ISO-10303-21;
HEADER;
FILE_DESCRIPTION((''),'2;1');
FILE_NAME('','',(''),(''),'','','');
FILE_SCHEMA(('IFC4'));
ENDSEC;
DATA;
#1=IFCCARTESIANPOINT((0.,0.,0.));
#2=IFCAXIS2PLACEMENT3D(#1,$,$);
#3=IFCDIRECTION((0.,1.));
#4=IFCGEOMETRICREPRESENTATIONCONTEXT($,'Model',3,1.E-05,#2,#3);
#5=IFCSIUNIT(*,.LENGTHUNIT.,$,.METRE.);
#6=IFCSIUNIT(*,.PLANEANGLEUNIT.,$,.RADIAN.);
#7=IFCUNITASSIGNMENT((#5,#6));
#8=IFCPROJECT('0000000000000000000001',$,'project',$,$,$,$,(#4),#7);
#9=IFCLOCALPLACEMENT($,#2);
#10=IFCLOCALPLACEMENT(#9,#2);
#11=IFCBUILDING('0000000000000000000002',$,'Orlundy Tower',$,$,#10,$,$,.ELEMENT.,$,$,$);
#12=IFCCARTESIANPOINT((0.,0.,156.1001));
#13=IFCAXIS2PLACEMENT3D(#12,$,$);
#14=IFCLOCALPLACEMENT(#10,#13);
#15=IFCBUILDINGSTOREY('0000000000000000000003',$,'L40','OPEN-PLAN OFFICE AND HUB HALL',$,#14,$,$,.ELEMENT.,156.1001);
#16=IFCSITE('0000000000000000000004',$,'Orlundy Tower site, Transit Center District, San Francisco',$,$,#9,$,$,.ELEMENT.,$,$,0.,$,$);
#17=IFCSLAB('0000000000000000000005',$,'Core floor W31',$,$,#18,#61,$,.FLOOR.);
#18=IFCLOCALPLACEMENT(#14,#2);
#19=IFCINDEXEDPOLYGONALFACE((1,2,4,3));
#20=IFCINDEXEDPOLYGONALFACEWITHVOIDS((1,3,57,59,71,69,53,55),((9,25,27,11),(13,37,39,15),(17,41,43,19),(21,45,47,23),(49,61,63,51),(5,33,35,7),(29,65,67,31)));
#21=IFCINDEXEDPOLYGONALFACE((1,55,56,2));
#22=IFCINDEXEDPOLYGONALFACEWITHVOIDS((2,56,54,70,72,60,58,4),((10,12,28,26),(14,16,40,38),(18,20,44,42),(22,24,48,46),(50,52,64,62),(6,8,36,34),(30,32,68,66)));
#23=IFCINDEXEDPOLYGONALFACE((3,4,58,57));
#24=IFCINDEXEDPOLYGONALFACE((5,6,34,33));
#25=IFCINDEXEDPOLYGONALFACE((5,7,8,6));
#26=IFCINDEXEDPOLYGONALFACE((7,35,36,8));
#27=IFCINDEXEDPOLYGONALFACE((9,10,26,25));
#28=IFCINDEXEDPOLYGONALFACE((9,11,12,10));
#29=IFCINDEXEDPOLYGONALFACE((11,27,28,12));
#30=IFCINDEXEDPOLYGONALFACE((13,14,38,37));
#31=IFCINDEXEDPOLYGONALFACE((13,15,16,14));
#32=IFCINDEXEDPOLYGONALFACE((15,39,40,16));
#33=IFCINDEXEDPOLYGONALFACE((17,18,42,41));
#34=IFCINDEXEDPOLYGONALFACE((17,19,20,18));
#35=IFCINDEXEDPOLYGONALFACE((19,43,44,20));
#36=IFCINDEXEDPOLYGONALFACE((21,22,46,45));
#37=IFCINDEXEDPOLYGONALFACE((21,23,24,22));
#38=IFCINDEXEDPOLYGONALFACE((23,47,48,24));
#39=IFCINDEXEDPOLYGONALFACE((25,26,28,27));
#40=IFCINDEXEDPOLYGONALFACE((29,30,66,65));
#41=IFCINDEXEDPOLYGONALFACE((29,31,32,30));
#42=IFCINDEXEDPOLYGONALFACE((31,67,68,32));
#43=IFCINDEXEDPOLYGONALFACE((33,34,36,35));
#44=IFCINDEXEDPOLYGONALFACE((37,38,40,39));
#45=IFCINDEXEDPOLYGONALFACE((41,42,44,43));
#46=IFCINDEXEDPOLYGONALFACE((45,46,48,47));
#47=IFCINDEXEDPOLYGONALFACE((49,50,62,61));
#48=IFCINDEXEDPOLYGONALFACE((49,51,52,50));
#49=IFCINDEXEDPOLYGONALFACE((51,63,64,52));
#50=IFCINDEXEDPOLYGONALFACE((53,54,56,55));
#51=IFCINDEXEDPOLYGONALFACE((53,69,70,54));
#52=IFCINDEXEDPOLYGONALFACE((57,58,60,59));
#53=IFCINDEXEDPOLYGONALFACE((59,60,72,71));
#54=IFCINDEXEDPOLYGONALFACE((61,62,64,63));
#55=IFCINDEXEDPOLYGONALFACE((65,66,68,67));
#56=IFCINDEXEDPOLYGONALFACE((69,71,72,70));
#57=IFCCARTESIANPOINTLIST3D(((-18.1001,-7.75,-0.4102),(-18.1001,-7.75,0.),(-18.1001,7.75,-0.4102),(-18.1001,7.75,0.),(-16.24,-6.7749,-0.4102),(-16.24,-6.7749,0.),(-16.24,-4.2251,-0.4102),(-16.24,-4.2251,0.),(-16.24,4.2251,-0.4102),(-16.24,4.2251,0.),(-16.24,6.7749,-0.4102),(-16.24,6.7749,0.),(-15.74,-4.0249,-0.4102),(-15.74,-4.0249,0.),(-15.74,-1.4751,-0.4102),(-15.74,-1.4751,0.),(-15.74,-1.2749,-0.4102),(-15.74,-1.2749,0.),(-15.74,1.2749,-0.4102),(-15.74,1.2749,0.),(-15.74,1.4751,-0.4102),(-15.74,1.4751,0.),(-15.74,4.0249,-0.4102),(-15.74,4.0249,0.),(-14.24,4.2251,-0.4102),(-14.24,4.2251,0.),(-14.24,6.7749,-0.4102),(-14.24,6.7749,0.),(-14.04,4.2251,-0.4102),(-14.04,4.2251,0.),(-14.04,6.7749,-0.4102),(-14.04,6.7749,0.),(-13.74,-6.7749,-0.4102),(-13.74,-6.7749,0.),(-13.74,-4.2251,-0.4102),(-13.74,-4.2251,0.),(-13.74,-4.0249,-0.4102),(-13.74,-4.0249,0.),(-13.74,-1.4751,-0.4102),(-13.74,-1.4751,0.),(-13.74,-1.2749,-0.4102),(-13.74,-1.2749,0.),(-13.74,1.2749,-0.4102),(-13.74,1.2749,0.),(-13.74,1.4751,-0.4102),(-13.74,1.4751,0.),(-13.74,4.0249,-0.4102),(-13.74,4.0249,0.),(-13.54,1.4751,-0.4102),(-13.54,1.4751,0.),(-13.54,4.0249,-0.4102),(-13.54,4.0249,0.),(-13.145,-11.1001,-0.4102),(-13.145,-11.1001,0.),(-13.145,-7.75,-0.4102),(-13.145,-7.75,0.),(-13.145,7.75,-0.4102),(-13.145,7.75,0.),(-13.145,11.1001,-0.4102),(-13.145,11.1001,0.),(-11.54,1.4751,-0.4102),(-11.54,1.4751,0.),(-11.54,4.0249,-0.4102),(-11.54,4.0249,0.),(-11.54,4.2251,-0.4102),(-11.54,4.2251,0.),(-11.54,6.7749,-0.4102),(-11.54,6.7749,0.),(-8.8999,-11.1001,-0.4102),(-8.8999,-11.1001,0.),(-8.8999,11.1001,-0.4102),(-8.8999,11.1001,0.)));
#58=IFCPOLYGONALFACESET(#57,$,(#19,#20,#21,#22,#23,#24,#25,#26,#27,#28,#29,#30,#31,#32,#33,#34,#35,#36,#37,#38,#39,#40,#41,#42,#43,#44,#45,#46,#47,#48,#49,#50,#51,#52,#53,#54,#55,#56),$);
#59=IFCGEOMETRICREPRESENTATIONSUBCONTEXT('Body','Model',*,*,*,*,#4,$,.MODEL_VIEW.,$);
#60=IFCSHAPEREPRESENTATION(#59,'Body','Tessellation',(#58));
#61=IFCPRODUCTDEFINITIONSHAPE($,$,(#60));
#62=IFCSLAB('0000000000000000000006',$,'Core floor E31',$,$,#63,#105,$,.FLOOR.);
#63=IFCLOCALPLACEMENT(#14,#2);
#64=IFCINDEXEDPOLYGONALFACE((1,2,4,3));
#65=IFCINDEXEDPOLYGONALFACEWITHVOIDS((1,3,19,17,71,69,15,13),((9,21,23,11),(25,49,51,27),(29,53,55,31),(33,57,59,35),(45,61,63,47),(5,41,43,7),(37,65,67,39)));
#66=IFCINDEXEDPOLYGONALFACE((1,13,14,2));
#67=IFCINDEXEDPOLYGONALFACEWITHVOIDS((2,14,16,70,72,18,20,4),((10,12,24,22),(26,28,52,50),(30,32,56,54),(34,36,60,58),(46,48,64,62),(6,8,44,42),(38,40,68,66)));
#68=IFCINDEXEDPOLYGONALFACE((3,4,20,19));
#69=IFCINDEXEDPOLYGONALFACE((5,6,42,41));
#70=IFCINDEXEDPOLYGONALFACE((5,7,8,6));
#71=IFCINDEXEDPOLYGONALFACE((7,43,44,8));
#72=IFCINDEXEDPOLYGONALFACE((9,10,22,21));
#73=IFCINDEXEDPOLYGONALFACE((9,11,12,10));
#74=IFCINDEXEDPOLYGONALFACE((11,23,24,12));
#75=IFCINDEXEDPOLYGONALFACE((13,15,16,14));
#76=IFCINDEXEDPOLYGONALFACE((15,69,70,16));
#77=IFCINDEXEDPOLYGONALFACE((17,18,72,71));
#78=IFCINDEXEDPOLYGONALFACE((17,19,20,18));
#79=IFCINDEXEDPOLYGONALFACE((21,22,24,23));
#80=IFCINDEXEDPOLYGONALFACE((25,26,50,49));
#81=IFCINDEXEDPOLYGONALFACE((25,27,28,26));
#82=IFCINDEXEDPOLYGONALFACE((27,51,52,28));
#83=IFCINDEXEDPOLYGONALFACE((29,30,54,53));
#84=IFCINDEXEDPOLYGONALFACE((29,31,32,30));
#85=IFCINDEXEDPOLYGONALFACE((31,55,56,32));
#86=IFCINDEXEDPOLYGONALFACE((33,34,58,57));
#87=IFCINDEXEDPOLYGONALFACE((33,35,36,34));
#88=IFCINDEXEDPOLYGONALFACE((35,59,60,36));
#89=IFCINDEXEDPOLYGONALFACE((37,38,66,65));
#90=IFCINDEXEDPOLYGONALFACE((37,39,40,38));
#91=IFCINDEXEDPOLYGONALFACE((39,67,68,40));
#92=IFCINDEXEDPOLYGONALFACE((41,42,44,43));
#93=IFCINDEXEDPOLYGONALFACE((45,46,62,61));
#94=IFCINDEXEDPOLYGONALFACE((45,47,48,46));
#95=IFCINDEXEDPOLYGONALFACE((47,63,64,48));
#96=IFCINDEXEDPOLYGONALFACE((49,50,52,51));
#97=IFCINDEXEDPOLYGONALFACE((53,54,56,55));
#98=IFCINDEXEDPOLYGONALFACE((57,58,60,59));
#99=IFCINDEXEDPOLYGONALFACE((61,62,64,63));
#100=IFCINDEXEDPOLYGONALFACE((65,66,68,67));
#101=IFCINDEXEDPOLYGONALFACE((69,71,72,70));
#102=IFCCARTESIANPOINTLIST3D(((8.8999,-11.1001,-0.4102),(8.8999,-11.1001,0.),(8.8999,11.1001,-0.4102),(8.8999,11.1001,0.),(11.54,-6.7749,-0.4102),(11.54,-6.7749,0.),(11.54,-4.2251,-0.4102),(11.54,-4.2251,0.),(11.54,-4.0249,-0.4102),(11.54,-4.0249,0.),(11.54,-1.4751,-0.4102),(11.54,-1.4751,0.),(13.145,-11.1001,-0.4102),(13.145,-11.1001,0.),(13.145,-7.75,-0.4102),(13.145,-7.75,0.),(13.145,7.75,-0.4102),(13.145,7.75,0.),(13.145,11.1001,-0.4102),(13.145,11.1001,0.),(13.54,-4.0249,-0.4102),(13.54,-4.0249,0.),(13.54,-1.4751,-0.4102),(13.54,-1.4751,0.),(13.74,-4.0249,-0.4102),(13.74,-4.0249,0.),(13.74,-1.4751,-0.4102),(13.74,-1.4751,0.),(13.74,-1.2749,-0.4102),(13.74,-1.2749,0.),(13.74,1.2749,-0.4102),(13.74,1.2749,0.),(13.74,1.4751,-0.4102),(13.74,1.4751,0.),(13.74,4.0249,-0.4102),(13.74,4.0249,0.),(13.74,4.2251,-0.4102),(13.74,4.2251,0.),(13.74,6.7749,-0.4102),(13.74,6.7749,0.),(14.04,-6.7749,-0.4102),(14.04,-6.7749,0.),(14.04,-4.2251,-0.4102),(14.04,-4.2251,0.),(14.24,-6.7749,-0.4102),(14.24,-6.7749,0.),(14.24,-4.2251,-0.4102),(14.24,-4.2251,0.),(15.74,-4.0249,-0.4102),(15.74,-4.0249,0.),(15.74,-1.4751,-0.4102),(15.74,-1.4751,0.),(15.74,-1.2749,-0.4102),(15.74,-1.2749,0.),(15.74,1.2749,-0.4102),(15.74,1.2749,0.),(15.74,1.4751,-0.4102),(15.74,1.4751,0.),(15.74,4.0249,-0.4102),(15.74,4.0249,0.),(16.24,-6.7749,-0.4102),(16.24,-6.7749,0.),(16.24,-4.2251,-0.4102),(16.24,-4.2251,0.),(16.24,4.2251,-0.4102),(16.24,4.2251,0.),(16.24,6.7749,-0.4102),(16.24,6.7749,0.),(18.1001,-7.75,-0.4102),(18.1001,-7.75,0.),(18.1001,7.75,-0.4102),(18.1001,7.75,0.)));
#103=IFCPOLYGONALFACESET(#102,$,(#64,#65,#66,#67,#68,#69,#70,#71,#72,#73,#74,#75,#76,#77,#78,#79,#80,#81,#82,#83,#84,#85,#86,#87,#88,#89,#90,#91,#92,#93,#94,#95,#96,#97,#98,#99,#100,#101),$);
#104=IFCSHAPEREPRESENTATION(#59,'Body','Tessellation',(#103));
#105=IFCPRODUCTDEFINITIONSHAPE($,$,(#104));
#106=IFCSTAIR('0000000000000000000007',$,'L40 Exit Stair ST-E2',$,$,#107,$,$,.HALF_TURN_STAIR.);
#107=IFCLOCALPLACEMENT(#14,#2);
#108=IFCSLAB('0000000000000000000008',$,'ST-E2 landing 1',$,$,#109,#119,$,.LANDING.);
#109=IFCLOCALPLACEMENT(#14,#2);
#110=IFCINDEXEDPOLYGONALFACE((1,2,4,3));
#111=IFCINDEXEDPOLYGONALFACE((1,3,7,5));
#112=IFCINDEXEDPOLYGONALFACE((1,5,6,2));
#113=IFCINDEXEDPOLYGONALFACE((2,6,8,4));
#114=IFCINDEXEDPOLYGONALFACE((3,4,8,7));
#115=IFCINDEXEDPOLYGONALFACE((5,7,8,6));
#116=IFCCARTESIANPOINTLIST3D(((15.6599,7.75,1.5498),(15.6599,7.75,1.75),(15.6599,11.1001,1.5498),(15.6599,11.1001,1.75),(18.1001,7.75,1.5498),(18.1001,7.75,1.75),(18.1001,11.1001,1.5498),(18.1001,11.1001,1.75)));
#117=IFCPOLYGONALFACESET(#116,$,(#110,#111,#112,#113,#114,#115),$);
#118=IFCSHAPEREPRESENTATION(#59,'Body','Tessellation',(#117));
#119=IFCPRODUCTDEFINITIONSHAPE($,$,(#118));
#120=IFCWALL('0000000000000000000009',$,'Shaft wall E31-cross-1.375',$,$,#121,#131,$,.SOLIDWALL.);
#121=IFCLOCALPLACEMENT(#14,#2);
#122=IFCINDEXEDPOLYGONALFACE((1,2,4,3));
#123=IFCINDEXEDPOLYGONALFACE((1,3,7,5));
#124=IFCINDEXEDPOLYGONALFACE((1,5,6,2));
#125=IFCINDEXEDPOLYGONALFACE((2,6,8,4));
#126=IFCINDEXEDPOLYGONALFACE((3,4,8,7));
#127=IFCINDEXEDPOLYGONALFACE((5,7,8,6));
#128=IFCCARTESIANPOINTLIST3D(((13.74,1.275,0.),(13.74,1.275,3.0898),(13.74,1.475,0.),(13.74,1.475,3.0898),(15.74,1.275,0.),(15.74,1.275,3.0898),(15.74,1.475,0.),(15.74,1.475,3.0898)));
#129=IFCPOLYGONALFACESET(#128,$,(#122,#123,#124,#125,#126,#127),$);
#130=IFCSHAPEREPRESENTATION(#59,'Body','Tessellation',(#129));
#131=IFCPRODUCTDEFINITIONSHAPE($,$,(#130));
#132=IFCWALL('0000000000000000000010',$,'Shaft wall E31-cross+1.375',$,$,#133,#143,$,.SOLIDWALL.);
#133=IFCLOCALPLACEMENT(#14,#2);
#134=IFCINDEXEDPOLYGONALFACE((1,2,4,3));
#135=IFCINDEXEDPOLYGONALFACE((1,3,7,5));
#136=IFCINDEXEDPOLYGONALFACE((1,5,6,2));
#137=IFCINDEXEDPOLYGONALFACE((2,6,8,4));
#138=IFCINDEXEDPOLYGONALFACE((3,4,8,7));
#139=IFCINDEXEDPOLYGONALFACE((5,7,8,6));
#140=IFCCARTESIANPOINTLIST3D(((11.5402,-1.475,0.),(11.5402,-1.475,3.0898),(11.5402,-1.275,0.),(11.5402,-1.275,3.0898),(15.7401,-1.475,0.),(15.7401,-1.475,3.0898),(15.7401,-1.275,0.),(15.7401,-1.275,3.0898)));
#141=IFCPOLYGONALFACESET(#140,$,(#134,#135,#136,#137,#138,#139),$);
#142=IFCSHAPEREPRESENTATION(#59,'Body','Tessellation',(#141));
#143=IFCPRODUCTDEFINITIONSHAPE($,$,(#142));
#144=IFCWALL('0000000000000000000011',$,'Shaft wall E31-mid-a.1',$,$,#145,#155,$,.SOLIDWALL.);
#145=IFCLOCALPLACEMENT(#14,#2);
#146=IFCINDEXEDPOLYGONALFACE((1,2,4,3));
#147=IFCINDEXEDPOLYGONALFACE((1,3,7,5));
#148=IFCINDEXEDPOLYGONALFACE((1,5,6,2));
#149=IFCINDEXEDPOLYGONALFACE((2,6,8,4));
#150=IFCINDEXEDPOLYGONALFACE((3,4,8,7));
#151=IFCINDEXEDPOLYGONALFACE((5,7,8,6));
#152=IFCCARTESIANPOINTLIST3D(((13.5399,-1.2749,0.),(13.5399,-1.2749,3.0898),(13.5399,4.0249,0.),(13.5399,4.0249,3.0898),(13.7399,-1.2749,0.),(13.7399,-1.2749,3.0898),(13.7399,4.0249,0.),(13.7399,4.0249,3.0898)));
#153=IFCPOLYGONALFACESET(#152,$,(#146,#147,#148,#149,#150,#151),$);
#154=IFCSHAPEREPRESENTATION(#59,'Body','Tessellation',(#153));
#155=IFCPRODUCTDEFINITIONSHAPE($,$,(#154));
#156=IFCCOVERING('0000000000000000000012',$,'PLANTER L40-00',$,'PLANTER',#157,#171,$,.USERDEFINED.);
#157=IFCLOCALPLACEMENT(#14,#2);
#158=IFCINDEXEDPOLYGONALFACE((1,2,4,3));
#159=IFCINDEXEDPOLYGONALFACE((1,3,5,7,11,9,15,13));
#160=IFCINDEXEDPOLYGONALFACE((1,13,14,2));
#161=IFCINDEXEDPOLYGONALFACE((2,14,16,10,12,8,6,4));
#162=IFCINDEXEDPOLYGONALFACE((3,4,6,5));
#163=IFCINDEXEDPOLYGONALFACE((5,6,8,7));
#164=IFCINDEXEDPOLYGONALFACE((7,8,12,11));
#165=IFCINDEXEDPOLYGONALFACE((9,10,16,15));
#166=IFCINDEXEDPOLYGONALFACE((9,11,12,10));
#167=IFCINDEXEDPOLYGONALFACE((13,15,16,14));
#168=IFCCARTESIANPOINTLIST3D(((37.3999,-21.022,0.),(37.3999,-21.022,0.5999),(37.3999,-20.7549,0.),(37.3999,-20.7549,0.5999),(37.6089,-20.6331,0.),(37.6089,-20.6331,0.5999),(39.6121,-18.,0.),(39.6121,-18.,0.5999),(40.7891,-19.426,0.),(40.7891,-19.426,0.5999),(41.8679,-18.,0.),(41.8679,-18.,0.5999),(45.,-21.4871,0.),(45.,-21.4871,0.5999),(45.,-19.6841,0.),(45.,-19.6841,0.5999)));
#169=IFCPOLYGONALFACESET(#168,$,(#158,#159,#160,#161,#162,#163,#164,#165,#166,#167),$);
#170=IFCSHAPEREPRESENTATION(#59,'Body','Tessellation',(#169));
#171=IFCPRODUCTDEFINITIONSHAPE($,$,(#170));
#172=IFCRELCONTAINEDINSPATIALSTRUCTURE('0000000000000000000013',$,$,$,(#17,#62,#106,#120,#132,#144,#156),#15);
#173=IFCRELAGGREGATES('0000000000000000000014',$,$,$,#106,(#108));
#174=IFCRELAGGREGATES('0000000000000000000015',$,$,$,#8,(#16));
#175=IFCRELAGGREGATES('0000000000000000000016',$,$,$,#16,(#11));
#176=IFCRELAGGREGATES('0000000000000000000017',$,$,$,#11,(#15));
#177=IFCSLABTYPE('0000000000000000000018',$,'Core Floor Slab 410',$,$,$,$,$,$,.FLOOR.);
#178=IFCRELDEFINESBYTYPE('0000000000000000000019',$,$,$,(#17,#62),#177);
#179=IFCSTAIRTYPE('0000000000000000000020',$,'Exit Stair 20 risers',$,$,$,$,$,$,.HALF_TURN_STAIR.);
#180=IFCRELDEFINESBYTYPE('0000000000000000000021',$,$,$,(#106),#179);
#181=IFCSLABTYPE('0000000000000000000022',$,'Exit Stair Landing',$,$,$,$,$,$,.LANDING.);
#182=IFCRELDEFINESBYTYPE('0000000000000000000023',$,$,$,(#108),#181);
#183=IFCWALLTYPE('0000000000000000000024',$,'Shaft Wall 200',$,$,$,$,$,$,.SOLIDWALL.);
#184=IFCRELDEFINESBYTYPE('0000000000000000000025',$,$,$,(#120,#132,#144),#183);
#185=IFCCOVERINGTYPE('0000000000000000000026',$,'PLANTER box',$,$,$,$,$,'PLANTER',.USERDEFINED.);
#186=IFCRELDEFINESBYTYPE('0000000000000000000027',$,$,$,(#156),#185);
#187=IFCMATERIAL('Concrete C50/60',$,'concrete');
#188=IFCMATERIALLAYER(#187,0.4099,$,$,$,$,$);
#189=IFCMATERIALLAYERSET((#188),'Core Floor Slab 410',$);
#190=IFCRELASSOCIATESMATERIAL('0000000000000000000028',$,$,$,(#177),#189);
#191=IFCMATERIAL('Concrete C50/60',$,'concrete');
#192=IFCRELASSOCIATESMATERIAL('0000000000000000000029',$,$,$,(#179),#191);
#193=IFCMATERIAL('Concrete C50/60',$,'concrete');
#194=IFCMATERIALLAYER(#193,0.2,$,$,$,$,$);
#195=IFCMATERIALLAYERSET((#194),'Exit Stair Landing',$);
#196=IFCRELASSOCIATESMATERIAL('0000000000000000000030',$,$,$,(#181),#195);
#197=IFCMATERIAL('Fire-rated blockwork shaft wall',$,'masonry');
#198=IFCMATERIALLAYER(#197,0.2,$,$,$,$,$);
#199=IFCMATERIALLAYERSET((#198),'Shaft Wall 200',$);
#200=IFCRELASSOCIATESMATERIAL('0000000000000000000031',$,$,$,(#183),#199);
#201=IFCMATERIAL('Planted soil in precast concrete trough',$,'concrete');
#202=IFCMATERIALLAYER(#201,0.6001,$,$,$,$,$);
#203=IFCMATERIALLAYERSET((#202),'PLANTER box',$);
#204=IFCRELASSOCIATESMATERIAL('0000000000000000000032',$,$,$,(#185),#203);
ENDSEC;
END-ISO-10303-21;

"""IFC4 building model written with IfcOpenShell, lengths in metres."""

from ifc_helpers import new_model, si_unit, direction, frame, frame_2d, origin, place, context, subcontext, project, spatial, polyline, rectangle, outline, extrude, material, layer, layer_set, type_object, element, aggregate, save


model = new_model("IFC4")

# Units and contexts
model_context = context("Model", 3, precision=1e-05, world=origin(), true_north=direction((0.0, 1.0)))
body_context = subcontext(model_context, "Body", "Model", "MODEL_VIEW")
ifc_project = project(units=[si_unit("LENGTHUNIT", "METRE"), si_unit("PLANEANGLEUNIT", "RADIAN")], contexts=[model_context])

# Site, building, storey
site_placement = place(None, origin())
site = spatial("IfcSite", under=ifc_project, at=site_placement, Name="Orlundy Tower site, Transit Center District, San Francisco", CompositionType="ELEMENT", RefElevation=0.0)
building_placement = place(site_placement, origin())
building = spatial("IfcBuilding", under=site, at=building_placement, Name="Orlundy Tower", CompositionType="ELEMENT")
storey_placement = place(building_placement, frame((0.0, 0.0, 156.1001)))
storey = spatial("IfcBuildingStorey", under=building, at=storey_placement, Name="L40", Description="OPEN-PLAN OFFICE AND HUB HALL", CompositionType="ELEMENT", Elevation=156.1001)

# Slabs
ifc_material_1 = material(Name="Concrete C50/60", Category="concrete")
ifc_layer_1 = layer(ifc_material_1, 0.4099)
ifc_layer_set_1 = layer_set([ifc_layer_1], Name="Core Floor Slab 410")
slab_type_1 = type_object("IfcSlabType", Name="Core Floor Slab 410", PredefinedType="FLOOR", material=ifc_layer_set_1)
slab_1_placement = place(storey_placement, frame((0.0, 0.0, -0.4102)))
element("IfcSlab", 1, at=slab_1_placement, inside=storey, type_object=slab_type_1, Name="Core floor W31", PredefinedType="FLOOR", context=body_context, shape_type="SweptSolid", body=[
    extrude(outline(polyline([(-13.145, -11.1001), (-13.145, -7.75), (-18.1001, -7.75), (-18.1001, 7.75), (-13.145, 7.75), (-13.145, 11.1001), (-8.8999, 11.1001), (-8.8999, -11.1001), (-13.145, -11.1001)]), holes=[polyline([(-13.74, -4.2251), (-16.24, -4.2251), (-16.24, -6.7749), (-13.74, -6.7749), (-13.74, -4.2251)]), polyline([(-13.74, -4.0249), (-13.74, -1.4751), (-15.74, -1.4751), (-15.74, -4.0249), (-13.74, -4.0249)]), polyline([(-15.74, -1.2749), (-13.74, -1.2749), (-13.74, 1.2749), (-15.74, 1.2749), (-15.74, -1.2749)]), polyline([(-13.54, 4.0249), (-13.54, 1.4751), (-11.54, 1.4751), (-11.54, 4.0249), (-13.54, 4.0249)]), polyline([(-13.74, 4.0249), (-15.74, 4.0249), (-15.74, 1.4751), (-13.74, 1.4751), (-13.74, 4.0249)]), polyline([(-11.54, 4.2251), (-11.54, 6.7749), (-14.04, 6.7749), (-14.04, 4.2251), (-11.54, 4.2251)]), polyline([(-16.24, 4.2251), (-14.24, 4.2251), (-14.24, 6.7749), (-16.24, 6.7749), (-16.24, 4.2251)])]), origin(), (0.0, 0.0, 1.0), 0.4102),
])
slab_2_placement = place(storey_placement, frame((0.0, 0.0, -0.4102)))
element("IfcSlab", 2, at=slab_2_placement, inside=storey, type_object=slab_type_1, Name="Core floor E31", PredefinedType="FLOOR", context=body_context, shape_type="SweptSolid", body=[
    extrude(outline(polyline([(13.145, 11.1001), (13.145, 7.75), (18.1001, 7.75), (18.1001, -7.75), (13.145, -7.75), (13.145, -11.1001), (8.8999, -11.1001), (8.8999, 11.1001), (13.145, 11.1001)]), holes=[polyline([(13.74, 4.2251), (16.24, 4.2251), (16.24, 6.7749), (13.74, 6.7749), (13.74, 4.2251)]), polyline([(13.74, 4.0249), (13.74, 1.4751), (15.74, 1.4751), (15.74, 4.0249), (13.74, 4.0249)]), polyline([(15.74, 1.2749), (13.74, 1.2749), (13.74, -1.2749), (15.74, -1.2749), (15.74, 1.2749)]), polyline([(13.54, -4.0249), (13.54, -1.4751), (11.54, -1.4751), (11.54, -4.0249), (13.54, -4.0249)]), polyline([(13.74, -4.0249), (15.74, -4.0249), (15.74, -1.4751), (13.74, -1.4751), (13.74, -4.0249)]), polyline([(11.54, -4.2251), (11.54, -6.7749), (14.04, -6.7749), (14.04, -4.2251), (11.54, -4.2251)]), polyline([(16.24, -4.2251), (14.24, -4.2251), (14.24, -6.7749), (16.24, -6.7749), (16.24, -4.2251)])]), origin(), (0.0, 0.0, 1.0), 0.4102),
])

# Stair, slab
ifc_material_2 = material(Name="Concrete C50/60", Category="concrete")
stair_type = type_object("IfcStairType", Name="Exit Stair 20 risers", PredefinedType="HALF_TURN_STAIR", material=ifc_material_2)
stair_placement = place(storey_placement, origin())
stair = element("IfcStair", 3, at=stair_placement, inside=storey, type_object=stair_type, Name="L40 Exit Stair ST-E2", PredefinedType="HALF_TURN_STAIR")
ifc_material_3 = material(Name="Concrete C50/60", Category="concrete")
ifc_layer_2 = layer(ifc_material_3, 0.2)
ifc_layer_set_2 = layer_set([ifc_layer_2], Name="Exit Stair Landing")
slab_type_2 = type_object("IfcSlabType", Name="Exit Stair Landing", PredefinedType="LANDING", material=ifc_layer_set_2)
slab_3_placement = place(storey_placement, frame((0.0, 0.0, 1.5498)))
slab_3 = element("IfcSlab", 4, at=slab_3_placement, type_object=slab_type_2, Name="ST-E2 landing 1", PredefinedType="LANDING", context=body_context, shape_type="SweptSolid", body=[
    extrude(outline(polyline([(15.6599, 7.75), (18.1001, 7.75), (18.1001, 11.1001), (15.6599, 11.1001), (15.6599, 7.75)])), origin(), (0.0, 0.0, 1.0), 0.2002),
])
aggregate(stair, [slab_3])

# Walls
ifc_material_4 = material(Name="Fire-rated blockwork shaft wall", Category="masonry")
ifc_layer_3 = layer(ifc_material_4, 0.2)
ifc_layer_set_3 = layer_set([ifc_layer_3], Name="Shaft Wall 200")
wall_type = type_object("IfcWallType", Name="Shaft Wall 200", PredefinedType="SOLIDWALL", material=ifc_layer_set_3)
wall_1_placement = place(storey_placement, frame((13.74, 1.375, 0.0), z_axis=(0.0, 0.0, 1.0), x_axis=(1.0, 0.0, 0.0)))
element("IfcWall", 5, at=wall_1_placement, inside=storey, type_object=wall_type, Name="Shaft wall E31-cross-1.375", PredefinedType="SOLIDWALL", context=body_context, shape_type="SweptSolid", body=[
    extrude(rectangle(XDim=2.0, YDim=0.2, at=frame_2d((1.0, 0.0))), origin(), (0.0, 0.0, 1.0), 3.0898),
])
wall_2_placement = place(storey_placement, frame((11.54, -1.375, 0.0), z_axis=(0.0, 0.0, 1.0), x_axis=(1.0, 0.0, 0.0)))
element("IfcWall", 6, at=wall_2_placement, inside=storey, type_object=wall_type, Name="Shaft wall E31-cross+1.375", PredefinedType="SOLIDWALL", context=body_context, shape_type="SweptSolid", body=[
    extrude(rectangle(XDim=4.2, YDim=0.2, at=frame_2d((2.1001, 0.0))), origin(), (0.0, 0.0, 1.0), 3.0898),
])
wall_3_placement = place(storey_placement, frame((13.6399, 4.0249, 0.0), z_axis=(0.0, 0.0, 1.0), x_axis=(0.0, -1.0, 0.0)))
element("IfcWall", 7, at=wall_3_placement, inside=storey, type_object=wall_type, Name="Shaft wall E31-mid-a.1", PredefinedType="SOLIDWALL", context=body_context, shape_type="SweptSolid", body=[
    extrude(rectangle(XDim=5.2998, YDim=0.2, at=frame_2d((2.6499, 0.0))), origin(), (0.0, 0.0, 1.0), 3.0898),
])

# Covering
ifc_material_5 = material(Name="Planted soil in precast concrete trough", Category="concrete")
ifc_layer_4 = layer(ifc_material_5, 0.6001)
ifc_layer_set_4 = layer_set([ifc_layer_4], Name="PLANTER box")
covering_type = type_object("IfcCoveringType", Name="PLANTER box", ElementType="PLANTER", PredefinedType="USERDEFINED", material=ifc_layer_set_4)
covering_1_placement = place(storey_placement, origin())
element("IfcCovering", 8, at=covering_1_placement, inside=storey, type_object=covering_type, Name="PLANTER L40-00", ObjectType="PLANTER", PredefinedType="USERDEFINED", context=body_context, shape_type="SweptSolid", body=[
    extrude(outline(polyline([(37.3999, -21.022), (37.3999, -20.7549), (37.6089, -20.6331), (39.6121, -18.0), (41.8679, -18.0), (40.7891, -19.426), (45.0, -19.6841), (45.0, -21.4871), (37.3999, -21.022)])), origin(), (0.0, 0.0, 1.0), 0.5999),
])

save(model, "model.ifc")
